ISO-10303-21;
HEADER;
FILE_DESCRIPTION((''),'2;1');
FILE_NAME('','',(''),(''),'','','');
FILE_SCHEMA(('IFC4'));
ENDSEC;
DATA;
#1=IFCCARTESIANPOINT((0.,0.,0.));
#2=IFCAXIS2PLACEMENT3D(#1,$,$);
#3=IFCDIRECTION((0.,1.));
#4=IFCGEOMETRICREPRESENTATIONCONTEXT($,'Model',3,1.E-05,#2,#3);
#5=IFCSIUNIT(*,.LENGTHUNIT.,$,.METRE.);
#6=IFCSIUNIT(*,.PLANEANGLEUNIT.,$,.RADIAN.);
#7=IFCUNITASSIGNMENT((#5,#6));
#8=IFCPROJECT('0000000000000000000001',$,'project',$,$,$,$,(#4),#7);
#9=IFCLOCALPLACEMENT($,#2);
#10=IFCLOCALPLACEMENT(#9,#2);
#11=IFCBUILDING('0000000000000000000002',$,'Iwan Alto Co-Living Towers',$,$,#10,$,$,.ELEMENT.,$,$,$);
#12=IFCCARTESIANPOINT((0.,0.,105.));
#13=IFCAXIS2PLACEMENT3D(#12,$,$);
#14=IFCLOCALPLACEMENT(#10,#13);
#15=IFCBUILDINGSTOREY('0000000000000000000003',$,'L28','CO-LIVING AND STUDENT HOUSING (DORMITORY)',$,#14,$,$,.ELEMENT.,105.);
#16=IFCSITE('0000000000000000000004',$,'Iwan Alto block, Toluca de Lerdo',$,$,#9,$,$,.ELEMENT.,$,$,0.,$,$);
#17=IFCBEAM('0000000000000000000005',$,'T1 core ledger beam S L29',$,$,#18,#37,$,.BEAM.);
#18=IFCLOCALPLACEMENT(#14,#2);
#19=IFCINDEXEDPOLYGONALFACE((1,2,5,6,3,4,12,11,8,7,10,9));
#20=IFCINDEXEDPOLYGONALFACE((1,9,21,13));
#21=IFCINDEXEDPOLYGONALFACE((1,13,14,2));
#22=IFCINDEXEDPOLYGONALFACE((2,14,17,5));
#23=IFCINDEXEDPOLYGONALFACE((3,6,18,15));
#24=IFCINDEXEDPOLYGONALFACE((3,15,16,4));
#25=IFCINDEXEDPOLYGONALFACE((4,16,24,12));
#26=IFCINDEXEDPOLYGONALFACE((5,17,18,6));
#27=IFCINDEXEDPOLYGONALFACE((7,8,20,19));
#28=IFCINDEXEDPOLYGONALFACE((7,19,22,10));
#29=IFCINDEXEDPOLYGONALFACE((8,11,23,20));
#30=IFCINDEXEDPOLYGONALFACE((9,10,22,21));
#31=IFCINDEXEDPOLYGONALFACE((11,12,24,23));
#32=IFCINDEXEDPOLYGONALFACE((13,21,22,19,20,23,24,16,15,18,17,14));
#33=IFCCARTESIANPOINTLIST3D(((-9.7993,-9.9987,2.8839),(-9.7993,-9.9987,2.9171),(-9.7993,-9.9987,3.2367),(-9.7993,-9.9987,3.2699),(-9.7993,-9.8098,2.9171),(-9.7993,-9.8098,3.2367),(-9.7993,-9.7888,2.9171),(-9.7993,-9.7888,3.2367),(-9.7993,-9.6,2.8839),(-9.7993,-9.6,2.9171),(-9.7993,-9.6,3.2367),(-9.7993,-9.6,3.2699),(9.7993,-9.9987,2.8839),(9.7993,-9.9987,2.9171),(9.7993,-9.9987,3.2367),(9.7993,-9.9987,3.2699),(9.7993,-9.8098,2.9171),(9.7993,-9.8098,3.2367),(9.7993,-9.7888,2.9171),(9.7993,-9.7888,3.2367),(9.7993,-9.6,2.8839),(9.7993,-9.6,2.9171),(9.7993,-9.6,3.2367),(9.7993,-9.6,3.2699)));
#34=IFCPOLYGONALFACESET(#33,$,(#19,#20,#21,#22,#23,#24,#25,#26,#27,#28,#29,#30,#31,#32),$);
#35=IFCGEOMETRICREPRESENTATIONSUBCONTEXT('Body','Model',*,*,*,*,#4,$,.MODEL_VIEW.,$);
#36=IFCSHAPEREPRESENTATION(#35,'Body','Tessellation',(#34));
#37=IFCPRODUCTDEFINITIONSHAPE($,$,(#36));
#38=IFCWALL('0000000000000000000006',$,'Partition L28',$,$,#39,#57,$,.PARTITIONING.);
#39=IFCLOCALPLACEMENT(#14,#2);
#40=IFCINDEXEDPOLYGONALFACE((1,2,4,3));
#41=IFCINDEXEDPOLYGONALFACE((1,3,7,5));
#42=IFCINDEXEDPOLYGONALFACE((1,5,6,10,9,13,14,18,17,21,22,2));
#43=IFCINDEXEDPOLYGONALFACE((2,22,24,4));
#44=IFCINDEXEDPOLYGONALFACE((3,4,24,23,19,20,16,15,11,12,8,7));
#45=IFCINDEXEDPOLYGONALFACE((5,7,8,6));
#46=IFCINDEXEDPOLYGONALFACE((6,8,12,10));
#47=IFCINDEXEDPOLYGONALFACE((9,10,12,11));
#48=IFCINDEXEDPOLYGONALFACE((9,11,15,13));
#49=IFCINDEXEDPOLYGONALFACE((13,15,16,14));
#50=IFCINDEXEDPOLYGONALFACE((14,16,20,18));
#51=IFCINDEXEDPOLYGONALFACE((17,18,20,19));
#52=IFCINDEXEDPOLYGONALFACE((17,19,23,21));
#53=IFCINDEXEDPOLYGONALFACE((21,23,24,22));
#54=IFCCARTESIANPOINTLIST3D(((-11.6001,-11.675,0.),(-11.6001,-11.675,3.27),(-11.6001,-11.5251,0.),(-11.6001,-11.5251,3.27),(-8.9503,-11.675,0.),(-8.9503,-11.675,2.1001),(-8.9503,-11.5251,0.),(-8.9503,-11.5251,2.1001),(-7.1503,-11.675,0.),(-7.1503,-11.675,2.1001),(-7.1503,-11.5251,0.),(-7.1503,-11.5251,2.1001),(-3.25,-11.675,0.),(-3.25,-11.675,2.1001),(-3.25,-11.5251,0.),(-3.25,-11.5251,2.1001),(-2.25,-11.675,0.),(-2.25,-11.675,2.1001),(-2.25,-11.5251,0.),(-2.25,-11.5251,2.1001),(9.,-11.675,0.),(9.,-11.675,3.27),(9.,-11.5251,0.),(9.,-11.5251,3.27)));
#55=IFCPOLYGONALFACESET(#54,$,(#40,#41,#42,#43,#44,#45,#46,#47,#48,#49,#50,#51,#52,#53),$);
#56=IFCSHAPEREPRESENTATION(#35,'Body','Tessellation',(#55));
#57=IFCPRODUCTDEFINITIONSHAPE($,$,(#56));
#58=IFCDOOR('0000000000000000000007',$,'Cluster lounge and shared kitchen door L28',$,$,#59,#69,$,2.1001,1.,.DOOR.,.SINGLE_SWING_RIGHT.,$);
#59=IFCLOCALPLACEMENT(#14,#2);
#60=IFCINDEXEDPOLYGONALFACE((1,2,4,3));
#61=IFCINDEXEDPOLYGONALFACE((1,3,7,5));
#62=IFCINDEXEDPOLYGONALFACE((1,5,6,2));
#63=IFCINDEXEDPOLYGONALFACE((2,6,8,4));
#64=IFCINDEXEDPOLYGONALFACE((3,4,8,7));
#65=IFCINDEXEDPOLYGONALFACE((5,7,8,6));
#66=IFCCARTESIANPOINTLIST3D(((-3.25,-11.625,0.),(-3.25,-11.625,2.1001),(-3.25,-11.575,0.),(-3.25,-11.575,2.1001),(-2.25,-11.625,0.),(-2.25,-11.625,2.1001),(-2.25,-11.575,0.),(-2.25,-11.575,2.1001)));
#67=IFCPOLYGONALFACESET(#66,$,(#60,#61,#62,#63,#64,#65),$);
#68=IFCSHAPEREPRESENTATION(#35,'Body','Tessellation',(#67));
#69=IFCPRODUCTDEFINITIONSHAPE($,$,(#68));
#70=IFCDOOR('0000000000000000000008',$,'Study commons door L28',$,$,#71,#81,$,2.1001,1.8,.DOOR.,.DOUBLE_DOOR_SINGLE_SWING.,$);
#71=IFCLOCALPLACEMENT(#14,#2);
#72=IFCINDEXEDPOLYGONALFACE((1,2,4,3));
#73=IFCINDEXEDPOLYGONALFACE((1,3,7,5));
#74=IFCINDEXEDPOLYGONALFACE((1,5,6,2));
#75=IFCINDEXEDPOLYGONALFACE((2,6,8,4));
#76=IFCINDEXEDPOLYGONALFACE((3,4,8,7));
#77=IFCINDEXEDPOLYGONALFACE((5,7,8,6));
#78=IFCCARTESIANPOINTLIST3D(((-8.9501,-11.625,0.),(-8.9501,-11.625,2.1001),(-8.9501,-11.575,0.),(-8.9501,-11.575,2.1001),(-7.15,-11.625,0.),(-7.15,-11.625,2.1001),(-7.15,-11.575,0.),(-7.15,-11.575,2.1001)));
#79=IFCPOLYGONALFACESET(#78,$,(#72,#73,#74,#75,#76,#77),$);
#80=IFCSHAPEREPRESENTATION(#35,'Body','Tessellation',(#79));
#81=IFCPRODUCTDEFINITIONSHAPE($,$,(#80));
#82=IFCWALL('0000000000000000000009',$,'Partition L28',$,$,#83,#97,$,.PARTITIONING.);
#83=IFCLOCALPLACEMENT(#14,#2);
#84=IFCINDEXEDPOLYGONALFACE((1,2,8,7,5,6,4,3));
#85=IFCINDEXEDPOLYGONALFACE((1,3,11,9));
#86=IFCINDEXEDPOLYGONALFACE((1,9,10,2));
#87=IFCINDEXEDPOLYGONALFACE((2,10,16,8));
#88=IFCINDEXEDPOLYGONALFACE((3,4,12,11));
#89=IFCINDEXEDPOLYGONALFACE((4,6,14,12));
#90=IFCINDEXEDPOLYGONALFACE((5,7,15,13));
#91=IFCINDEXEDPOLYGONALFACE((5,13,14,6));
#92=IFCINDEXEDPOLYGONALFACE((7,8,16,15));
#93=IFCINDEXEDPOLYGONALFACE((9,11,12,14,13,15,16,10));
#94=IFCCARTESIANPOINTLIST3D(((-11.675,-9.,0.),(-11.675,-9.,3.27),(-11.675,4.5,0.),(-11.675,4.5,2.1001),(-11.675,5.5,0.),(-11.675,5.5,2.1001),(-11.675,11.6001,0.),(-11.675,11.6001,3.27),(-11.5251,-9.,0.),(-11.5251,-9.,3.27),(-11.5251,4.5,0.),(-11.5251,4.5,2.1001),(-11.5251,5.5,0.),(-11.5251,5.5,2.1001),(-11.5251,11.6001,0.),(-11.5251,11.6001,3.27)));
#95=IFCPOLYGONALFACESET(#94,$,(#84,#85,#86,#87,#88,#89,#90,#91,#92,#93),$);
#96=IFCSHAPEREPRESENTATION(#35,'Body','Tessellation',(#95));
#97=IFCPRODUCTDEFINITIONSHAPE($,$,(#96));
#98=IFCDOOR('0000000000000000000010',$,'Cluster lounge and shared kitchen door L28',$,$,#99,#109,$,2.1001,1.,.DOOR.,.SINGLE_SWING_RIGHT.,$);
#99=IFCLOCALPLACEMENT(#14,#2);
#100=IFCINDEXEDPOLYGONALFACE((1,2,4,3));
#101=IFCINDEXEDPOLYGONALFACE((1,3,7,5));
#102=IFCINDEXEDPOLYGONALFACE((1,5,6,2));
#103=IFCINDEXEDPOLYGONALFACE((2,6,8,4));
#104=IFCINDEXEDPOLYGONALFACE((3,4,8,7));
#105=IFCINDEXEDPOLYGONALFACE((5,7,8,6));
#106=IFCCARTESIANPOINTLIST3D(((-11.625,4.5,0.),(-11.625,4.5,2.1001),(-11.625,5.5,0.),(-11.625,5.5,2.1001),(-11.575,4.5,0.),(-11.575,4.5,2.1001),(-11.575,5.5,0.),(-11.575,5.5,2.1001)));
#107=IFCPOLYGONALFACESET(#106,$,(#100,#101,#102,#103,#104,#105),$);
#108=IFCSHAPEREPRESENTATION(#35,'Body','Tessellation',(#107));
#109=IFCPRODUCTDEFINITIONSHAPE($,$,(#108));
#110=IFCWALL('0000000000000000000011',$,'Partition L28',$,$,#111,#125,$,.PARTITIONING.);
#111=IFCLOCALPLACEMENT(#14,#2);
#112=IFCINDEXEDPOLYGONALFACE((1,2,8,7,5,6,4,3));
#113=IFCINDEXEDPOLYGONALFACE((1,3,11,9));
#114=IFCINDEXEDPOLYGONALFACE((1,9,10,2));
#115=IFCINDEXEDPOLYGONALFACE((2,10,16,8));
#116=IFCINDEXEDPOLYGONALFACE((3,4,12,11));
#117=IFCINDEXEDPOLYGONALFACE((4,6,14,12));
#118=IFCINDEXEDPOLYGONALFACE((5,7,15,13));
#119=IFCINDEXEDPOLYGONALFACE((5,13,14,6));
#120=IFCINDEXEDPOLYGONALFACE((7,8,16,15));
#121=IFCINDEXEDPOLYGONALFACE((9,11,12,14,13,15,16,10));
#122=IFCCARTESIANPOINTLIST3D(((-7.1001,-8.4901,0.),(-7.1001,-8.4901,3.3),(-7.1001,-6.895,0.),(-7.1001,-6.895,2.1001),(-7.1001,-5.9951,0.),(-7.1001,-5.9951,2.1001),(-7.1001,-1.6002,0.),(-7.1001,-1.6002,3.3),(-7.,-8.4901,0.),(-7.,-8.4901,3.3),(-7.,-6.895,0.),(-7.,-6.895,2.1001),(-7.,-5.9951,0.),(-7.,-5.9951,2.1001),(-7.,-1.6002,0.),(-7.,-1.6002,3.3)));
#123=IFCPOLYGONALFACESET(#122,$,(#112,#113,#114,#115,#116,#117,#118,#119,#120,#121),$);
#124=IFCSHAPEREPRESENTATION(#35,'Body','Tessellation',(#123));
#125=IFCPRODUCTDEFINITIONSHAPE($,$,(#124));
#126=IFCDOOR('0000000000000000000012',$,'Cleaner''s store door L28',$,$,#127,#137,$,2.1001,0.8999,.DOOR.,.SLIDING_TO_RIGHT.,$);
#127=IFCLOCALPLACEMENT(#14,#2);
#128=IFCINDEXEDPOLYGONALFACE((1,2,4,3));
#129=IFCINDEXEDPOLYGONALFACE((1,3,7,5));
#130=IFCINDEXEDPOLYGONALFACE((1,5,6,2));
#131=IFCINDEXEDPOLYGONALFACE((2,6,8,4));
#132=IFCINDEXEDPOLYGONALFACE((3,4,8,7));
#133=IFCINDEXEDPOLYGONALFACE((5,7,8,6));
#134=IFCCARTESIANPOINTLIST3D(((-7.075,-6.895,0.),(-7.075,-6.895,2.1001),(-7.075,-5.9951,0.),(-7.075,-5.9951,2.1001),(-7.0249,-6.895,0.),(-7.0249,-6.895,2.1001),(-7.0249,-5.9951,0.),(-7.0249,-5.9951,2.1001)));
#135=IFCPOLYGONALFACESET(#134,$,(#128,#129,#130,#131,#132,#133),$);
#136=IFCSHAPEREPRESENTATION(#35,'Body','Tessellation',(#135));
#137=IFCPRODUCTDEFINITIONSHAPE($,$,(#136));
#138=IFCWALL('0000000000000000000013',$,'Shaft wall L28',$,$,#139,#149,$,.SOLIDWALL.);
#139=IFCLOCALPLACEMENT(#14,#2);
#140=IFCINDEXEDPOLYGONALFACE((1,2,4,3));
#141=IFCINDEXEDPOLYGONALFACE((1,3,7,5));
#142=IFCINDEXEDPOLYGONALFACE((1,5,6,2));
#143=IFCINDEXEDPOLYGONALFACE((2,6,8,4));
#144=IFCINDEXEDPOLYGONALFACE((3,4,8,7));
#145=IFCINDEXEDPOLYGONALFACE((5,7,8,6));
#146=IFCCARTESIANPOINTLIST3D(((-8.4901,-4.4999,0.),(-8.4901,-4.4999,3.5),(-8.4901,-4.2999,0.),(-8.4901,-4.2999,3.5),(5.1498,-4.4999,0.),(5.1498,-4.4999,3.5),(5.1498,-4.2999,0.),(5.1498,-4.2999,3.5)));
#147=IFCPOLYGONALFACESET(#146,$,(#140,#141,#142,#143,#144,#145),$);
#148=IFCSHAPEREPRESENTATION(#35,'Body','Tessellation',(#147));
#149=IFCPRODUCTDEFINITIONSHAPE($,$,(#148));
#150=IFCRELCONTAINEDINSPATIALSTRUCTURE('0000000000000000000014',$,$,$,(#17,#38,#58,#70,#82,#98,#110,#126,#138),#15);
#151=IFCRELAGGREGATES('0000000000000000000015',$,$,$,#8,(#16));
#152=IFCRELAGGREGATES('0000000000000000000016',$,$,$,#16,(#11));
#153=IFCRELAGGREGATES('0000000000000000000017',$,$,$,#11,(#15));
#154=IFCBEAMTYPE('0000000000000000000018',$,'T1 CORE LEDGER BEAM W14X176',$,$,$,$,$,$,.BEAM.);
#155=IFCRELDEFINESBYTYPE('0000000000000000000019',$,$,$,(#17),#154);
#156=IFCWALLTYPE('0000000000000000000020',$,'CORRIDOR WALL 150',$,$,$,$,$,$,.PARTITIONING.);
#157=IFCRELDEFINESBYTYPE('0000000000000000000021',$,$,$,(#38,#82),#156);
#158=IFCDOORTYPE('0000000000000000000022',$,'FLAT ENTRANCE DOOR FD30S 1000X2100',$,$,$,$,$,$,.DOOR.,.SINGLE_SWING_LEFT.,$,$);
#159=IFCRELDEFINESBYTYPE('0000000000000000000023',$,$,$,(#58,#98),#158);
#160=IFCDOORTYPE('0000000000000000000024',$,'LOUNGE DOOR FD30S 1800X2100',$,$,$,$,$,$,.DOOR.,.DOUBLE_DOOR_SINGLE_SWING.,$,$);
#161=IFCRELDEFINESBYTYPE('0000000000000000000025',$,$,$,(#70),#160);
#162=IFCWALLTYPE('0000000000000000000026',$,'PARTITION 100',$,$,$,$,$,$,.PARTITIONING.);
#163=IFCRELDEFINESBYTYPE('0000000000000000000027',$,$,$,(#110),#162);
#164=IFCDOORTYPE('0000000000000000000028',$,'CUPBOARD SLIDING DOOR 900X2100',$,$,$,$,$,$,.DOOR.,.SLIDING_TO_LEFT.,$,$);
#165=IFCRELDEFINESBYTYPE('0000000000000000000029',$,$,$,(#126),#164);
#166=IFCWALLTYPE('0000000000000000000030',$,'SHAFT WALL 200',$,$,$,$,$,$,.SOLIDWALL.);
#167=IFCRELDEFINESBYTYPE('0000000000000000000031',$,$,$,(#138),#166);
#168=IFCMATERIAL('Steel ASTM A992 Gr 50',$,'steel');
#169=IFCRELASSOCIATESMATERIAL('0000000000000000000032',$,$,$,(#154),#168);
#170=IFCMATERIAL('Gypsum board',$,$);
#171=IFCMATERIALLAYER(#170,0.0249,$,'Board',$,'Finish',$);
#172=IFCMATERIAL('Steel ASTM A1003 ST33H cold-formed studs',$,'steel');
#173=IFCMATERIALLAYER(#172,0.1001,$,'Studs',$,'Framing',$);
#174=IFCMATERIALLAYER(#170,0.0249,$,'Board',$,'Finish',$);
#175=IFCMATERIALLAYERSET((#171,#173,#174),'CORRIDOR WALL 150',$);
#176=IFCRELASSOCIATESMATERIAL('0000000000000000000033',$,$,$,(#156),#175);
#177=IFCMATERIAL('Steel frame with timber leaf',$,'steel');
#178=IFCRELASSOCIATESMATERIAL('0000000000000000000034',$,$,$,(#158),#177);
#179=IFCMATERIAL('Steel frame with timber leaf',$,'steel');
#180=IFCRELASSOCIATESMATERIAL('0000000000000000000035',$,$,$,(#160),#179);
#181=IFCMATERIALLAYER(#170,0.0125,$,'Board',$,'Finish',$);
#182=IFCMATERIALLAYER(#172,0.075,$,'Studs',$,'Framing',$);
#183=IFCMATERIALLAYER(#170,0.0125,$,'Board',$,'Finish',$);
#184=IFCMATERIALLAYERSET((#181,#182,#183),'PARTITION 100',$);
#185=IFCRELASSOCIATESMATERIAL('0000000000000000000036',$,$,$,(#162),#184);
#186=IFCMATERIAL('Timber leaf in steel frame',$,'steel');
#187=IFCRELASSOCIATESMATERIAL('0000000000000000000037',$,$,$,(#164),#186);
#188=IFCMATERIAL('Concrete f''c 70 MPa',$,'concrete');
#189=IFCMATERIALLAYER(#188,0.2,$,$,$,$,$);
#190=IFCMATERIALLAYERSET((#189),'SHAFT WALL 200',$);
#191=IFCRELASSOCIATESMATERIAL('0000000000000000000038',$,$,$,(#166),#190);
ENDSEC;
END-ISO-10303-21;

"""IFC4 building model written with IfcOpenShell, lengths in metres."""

from ifc_helpers import new_model, si_unit, direction, frame, frame_2d, origin, origin_2d, place, context, subcontext, project, spatial, rectangle, i_section, extrude, material, layer, layer_set, material_profile, profile_set, type_object, element, fill, save


model = new_model("IFC4")

# Units and contexts
model_context = context("Model", 3, precision=1e-05, world=origin(), true_north=direction((0.0, 1.0)))
body_context = subcontext(model_context, "Body", "Model", "MODEL_VIEW")
ifc_project = project(units=[si_unit("LENGTHUNIT", "METRE"), si_unit("PLANEANGLEUNIT", "RADIAN")], contexts=[model_context])

# Site, building, storey
site_placement = place(None, origin())
site = spatial("IfcSite", under=ifc_project, at=site_placement, Name="Iwan Alto block, Toluca de Lerdo", CompositionType="ELEMENT", RefElevation=0.0)
building_placement = place(site_placement, origin())
building = spatial("IfcBuilding", under=site, at=building_placement, Name="Iwan Alto Co-Living Towers", CompositionType="ELEMENT")
storey_placement = place(building_placement, frame((0.0, 0.0, 105.0)))
storey = spatial("IfcBuildingStorey", under=building, at=storey_placement, Name="L28", Description="CO-LIVING AND STUDENT HOUSING (DORMITORY)", CompositionType="ELEMENT", Elevation=105.0)

# Beam
ifc_material_1 = material(Name="Steel ASTM A992 Gr 50", Category="steel")
ifc_material_profile = material_profile(ifc_material_1, i_section(OverallWidth=0.3987, OverallDepth=0.386, WebThickness=0.021, FlangeThickness=0.0332, at=origin_2d()), Name="W14X176")
ifc_profile_set = profile_set([ifc_material_profile], Name="Steel ASTM A992 Gr 50")
beam_type = type_object("IfcBeamType", Name="T1 CORE LEDGER BEAM W14X176", PredefinedType="BEAM", material=ifc_profile_set)
beam_placement = place(storey_placement, frame((-9.7993, -9.7993, 3.0769), z_axis=(1.0, 0.0, 0.0), x_axis=(0.0, 1.0, 0.0)))
element("IfcBeam", 1, at=beam_placement, inside=storey, type_object=beam_type, Name="T1 core ledger beam S L29", PredefinedType="BEAM", context=body_context, shape_type="SweptSolid", body=[
    extrude(i_section(OverallWidth=0.3987, OverallDepth=0.386, WebThickness=0.021, FlangeThickness=0.0332, at=origin_2d()), origin(), (0.0, 0.0, 1.0), 19.5986),
])

# Wall, openings, doors
ifc_material_2 = material(Name="Gypsum board")
ifc_layer_1 = layer(ifc_material_2, 0.0249, Name="Board", Category="Finish")
ifc_material_3 = material(Name="Steel ASTM A1003 ST33H cold-formed studs", Category="steel")
ifc_layer_2 = layer(ifc_material_3, 0.1001, Name="Studs", Category="Framing")
ifc_layer_3 = layer(ifc_material_2, 0.0249, Name="Board", Category="Finish")
ifc_layer_set_1 = layer_set([ifc_layer_1, ifc_layer_2, ifc_layer_3], Name="CORRIDOR WALL 150")
wall_type_1 = type_object("IfcWallType", Name="CORRIDOR WALL 150", PredefinedType="PARTITIONING", material=ifc_layer_set_1)
wall_1_placement = place(storey_placement, frame((-11.6001, -11.6001, 0.0), z_axis=(0.0, 0.0, 1.0), x_axis=(1.0, 0.0, 0.0)))
wall_1 = element("IfcWall", 2, at=wall_1_placement, inside=storey, type_object=wall_type_1, Name="Partition L28", PredefinedType="PARTITIONING", context=body_context, shape_type="SweptSolid", body=[
    extrude(rectangle(XDim=20.6001, YDim=0.1499, at=frame_2d((10.3, 0.0))), origin(), (0.0, 0.0, 1.0), 3.27),
])
opening_1_placement = place(wall_1_placement, frame((2.6499, 0.0, 0.0)))
opening_1 = element("IfcOpeningElement", 3, at=opening_1_placement, cuts=wall_1, PredefinedType="OPENING", context=body_context, shape_type="SweptSolid", body=[
    extrude(rectangle(XDim=1.8, YDim=2.1001, at=frame_2d((0.8999, 1.05))), frame((0.0, 0.085, 0.0), z_axis=(0.0, -1.0, 0.0), x_axis=(1.0, 0.0, 0.0)), (0.0, 0.0, 1.0), 0.1699),
])
opening_2_placement = place(wall_1_placement, frame((8.3501, 0.0, 0.0)))
opening_2 = element("IfcOpeningElement", 4, at=opening_2_placement, cuts=wall_1, PredefinedType="OPENING", context=body_context, shape_type="SweptSolid", body=[
    extrude(rectangle(XDim=1.0, YDim=2.1001, at=frame_2d((0.5, 1.05))), frame((0.0, 0.085, 0.0), z_axis=(0.0, -1.0, 0.0), x_axis=(1.0, 0.0, 0.0)), (0.0, 0.0, 1.0), 0.1699),
])
ifc_material_4 = material(Name="Steel frame with timber leaf", Category="steel")
door_type_1 = type_object("IfcDoorType", Name="FLAT ENTRANCE DOOR FD30S 1000X2100", OperationType="SINGLE_SWING_LEFT", PredefinedType="DOOR", material=ifc_material_4)
door_1_placement = place(opening_2_placement, frame((1.0, 0.0, 0.0), z_axis=(0.0, 0.0, 1.0), x_axis=(-1.0, 0.0, 0.0)))
door_1 = element("IfcDoor", 5, at=door_1_placement, inside=storey, type_object=door_type_1, Name="Cluster lounge and shared kitchen door L28", OperationType="SINGLE_SWING_RIGHT", OverallHeight=2.1001, OverallWidth=1.0, PredefinedType="DOOR", context=body_context, shape_type="SweptSolid", body=[
    extrude(rectangle(XDim=1.0, YDim=2.1001, at=frame_2d((0.5, 1.05))), frame((0.0, 0.0249, 0.0), z_axis=(0.0, -1.0, 0.0), x_axis=(1.0, 0.0, 0.0)), (0.0, 0.0, 1.0), 0.05),
])
fill(opening_2, door_1)
ifc_material_5 = material(Name="Steel frame with timber leaf", Category="steel")
door_type_2 = type_object("IfcDoorType", Name="LOUNGE DOOR FD30S 1800X2100", OperationType="DOUBLE_DOOR_SINGLE_SWING", PredefinedType="DOOR", material=ifc_material_5)
door_2_placement = place(opening_1_placement, frame((1.8, 0.0, 0.0), z_axis=(0.0, 0.0, 1.0), x_axis=(-1.0, 0.0, 0.0)))
door_2 = element("IfcDoor", 6, at=door_2_placement, inside=storey, type_object=door_type_2, Name="Study commons door L28", OperationType="DOUBLE_DOOR_SINGLE_SWING", OverallHeight=2.1001, OverallWidth=1.8, PredefinedType="DOOR", context=body_context, shape_type="SweptSolid", body=[
    extrude(rectangle(XDim=1.8, YDim=2.1001, at=frame_2d((0.8999, 1.05))), frame((0.0, 0.0249, 0.0), z_axis=(0.0, -1.0, 0.0), x_axis=(1.0, 0.0, 0.0)), (0.0, 0.0, 1.0), 0.05),
])
fill(opening_1, door_2)

# Walls, openings, doors
wall_2_placement = place(storey_placement, frame((-11.6001, -9.0, 0.0), z_axis=(0.0, 0.0, 1.0), x_axis=(0.0, 1.0, 0.0)))
wall_2 = element("IfcWall", 7, at=wall_2_placement, inside=storey, type_object=wall_type_1, Name="Partition L28", PredefinedType="PARTITIONING", context=body_context, shape_type="SweptSolid", body=[
    extrude(rectangle(XDim=20.6001, YDim=0.1499, at=frame_2d((10.3, 0.0))), origin(), (0.0, 0.0, 1.0), 3.27),
])
opening_3_placement = place(wall_2_placement, frame((13.5, 0.0, 0.0)))
opening_3 = element("IfcOpeningElement", 8, at=opening_3_placement, cuts=wall_2, PredefinedType="OPENING", context=body_context, shape_type="SweptSolid", body=[
    extrude(rectangle(XDim=1.0, YDim=2.1001, at=frame_2d((0.5, 1.05))), frame((0.0, 0.085, 0.0), z_axis=(0.0, -1.0, 0.0), x_axis=(1.0, 0.0, 0.0)), (0.0, 0.0, 1.0), 0.1699),
])
door_3_placement = place(opening_3_placement, origin())
door_3 = element("IfcDoor", 9, at=door_3_placement, inside=storey, type_object=door_type_1, Name="Cluster lounge and shared kitchen door L28", OperationType="SINGLE_SWING_RIGHT", OverallHeight=2.1001, OverallWidth=1.0, PredefinedType="DOOR", context=body_context, shape_type="SweptSolid", body=[
    extrude(rectangle(XDim=1.0, YDim=2.1001, at=frame_2d((0.5, 1.05))), frame((0.0, 0.0249, 0.0), z_axis=(0.0, -1.0, 0.0), x_axis=(1.0, 0.0, 0.0)), (0.0, 0.0, 1.0), 0.05),
])
fill(opening_3, door_3)
ifc_layer_4 = layer(ifc_material_2, 0.0125, Name="Board", Category="Finish")
ifc_layer_5 = layer(ifc_material_3, 0.075, Name="Studs", Category="Framing")
ifc_layer_6 = layer(ifc_material_2, 0.0125, Name="Board", Category="Finish")
ifc_layer_set_2 = layer_set([ifc_layer_4, ifc_layer_5, ifc_layer_6], Name="PARTITION 100")
wall_type_2 = type_object("IfcWallType", Name="PARTITION 100", PredefinedType="PARTITIONING", material=ifc_layer_set_2)
wall_3_placement = place(storey_placement, frame((-7.05, -8.49, 0.0), z_axis=(0.0, 0.0, 1.0), x_axis=(0.0, 1.0, 0.0)))
wall_3 = element("IfcWall", 10, at=wall_3_placement, inside=storey, type_object=wall_type_2, Name="Partition L28", PredefinedType="PARTITIONING", context=body_context, shape_type="SweptSolid", body=[
    extrude(rectangle(XDim=6.8899, YDim=0.1001, at=frame_2d((3.4448, 0.0))), origin(), (0.0, 0.0, 1.0), 3.3),
])
opening_4_placement = place(wall_3_placement, frame((1.595, 0.0, 0.0)))
opening_4 = element("IfcOpeningElement", 11, at=opening_4_placement, cuts=wall_3, PredefinedType="OPENING", context=body_context, shape_type="SweptSolid", body=[
    extrude(rectangle(XDim=0.8999, YDim=2.1001, at=frame_2d((0.45, 1.05))), frame((0.0, 0.0601, 0.0), z_axis=(0.0, -1.0, 0.0), x_axis=(1.0, 0.0, 0.0)), (0.0, 0.0, 1.0), 0.1201),
])
ifc_material_6 = material(Name="Timber leaf in steel frame", Category="steel")
door_type_3 = type_object("IfcDoorType", Name="CUPBOARD SLIDING DOOR 900X2100", OperationType="SLIDING_TO_LEFT", PredefinedType="DOOR", material=ifc_material_6)
door_4_placement = place(opening_4_placement, origin())
door_4 = element("IfcDoor", 12, at=door_4_placement, inside=storey, type_object=door_type_3, Name="Cleaner's store door L28", OperationType="SLIDING_TO_RIGHT", OverallHeight=2.1001, OverallWidth=0.8999, PredefinedType="DOOR", context=body_context, shape_type="SweptSolid", body=[
    extrude(rectangle(XDim=0.8999, YDim=2.1001, at=frame_2d((0.45, 1.05))), frame((0.0, 0.0249, 0.0), z_axis=(0.0, -1.0, 0.0), x_axis=(1.0, 0.0, 0.0)), (0.0, 0.0, 1.0), 0.05),
])
fill(opening_4, door_4)

# Wall
ifc_material_7 = material(Name="Concrete f'c 70 MPa", Category="concrete")
ifc_layer_7 = layer(ifc_material_7, 0.2)
ifc_layer_set_3 = layer_set([ifc_layer_7], Name="SHAFT WALL 200")
wall_type_3 = type_object("IfcWallType", Name="SHAFT WALL 200", PredefinedType="SOLIDWALL", material=ifc_layer_set_3)
wall_4_placement = place(storey_placement, frame((-8.49, -4.3999, 0.0), z_axis=(0.0, 0.0, 1.0), x_axis=(1.0, 0.0, 0.0)))
element("IfcWall", 13, at=wall_4_placement, inside=storey, type_object=wall_type_3, Name="Shaft wall L28", PredefinedType="SOLIDWALL", context=body_context, shape_type="SweptSolid", body=[
    extrude(rectangle(XDim=13.6399, YDim=0.2, at=frame_2d((6.8198, 0.0))), origin(), (0.0, 0.0, 1.0), 3.5),
])

save(model, "model.ifc")
